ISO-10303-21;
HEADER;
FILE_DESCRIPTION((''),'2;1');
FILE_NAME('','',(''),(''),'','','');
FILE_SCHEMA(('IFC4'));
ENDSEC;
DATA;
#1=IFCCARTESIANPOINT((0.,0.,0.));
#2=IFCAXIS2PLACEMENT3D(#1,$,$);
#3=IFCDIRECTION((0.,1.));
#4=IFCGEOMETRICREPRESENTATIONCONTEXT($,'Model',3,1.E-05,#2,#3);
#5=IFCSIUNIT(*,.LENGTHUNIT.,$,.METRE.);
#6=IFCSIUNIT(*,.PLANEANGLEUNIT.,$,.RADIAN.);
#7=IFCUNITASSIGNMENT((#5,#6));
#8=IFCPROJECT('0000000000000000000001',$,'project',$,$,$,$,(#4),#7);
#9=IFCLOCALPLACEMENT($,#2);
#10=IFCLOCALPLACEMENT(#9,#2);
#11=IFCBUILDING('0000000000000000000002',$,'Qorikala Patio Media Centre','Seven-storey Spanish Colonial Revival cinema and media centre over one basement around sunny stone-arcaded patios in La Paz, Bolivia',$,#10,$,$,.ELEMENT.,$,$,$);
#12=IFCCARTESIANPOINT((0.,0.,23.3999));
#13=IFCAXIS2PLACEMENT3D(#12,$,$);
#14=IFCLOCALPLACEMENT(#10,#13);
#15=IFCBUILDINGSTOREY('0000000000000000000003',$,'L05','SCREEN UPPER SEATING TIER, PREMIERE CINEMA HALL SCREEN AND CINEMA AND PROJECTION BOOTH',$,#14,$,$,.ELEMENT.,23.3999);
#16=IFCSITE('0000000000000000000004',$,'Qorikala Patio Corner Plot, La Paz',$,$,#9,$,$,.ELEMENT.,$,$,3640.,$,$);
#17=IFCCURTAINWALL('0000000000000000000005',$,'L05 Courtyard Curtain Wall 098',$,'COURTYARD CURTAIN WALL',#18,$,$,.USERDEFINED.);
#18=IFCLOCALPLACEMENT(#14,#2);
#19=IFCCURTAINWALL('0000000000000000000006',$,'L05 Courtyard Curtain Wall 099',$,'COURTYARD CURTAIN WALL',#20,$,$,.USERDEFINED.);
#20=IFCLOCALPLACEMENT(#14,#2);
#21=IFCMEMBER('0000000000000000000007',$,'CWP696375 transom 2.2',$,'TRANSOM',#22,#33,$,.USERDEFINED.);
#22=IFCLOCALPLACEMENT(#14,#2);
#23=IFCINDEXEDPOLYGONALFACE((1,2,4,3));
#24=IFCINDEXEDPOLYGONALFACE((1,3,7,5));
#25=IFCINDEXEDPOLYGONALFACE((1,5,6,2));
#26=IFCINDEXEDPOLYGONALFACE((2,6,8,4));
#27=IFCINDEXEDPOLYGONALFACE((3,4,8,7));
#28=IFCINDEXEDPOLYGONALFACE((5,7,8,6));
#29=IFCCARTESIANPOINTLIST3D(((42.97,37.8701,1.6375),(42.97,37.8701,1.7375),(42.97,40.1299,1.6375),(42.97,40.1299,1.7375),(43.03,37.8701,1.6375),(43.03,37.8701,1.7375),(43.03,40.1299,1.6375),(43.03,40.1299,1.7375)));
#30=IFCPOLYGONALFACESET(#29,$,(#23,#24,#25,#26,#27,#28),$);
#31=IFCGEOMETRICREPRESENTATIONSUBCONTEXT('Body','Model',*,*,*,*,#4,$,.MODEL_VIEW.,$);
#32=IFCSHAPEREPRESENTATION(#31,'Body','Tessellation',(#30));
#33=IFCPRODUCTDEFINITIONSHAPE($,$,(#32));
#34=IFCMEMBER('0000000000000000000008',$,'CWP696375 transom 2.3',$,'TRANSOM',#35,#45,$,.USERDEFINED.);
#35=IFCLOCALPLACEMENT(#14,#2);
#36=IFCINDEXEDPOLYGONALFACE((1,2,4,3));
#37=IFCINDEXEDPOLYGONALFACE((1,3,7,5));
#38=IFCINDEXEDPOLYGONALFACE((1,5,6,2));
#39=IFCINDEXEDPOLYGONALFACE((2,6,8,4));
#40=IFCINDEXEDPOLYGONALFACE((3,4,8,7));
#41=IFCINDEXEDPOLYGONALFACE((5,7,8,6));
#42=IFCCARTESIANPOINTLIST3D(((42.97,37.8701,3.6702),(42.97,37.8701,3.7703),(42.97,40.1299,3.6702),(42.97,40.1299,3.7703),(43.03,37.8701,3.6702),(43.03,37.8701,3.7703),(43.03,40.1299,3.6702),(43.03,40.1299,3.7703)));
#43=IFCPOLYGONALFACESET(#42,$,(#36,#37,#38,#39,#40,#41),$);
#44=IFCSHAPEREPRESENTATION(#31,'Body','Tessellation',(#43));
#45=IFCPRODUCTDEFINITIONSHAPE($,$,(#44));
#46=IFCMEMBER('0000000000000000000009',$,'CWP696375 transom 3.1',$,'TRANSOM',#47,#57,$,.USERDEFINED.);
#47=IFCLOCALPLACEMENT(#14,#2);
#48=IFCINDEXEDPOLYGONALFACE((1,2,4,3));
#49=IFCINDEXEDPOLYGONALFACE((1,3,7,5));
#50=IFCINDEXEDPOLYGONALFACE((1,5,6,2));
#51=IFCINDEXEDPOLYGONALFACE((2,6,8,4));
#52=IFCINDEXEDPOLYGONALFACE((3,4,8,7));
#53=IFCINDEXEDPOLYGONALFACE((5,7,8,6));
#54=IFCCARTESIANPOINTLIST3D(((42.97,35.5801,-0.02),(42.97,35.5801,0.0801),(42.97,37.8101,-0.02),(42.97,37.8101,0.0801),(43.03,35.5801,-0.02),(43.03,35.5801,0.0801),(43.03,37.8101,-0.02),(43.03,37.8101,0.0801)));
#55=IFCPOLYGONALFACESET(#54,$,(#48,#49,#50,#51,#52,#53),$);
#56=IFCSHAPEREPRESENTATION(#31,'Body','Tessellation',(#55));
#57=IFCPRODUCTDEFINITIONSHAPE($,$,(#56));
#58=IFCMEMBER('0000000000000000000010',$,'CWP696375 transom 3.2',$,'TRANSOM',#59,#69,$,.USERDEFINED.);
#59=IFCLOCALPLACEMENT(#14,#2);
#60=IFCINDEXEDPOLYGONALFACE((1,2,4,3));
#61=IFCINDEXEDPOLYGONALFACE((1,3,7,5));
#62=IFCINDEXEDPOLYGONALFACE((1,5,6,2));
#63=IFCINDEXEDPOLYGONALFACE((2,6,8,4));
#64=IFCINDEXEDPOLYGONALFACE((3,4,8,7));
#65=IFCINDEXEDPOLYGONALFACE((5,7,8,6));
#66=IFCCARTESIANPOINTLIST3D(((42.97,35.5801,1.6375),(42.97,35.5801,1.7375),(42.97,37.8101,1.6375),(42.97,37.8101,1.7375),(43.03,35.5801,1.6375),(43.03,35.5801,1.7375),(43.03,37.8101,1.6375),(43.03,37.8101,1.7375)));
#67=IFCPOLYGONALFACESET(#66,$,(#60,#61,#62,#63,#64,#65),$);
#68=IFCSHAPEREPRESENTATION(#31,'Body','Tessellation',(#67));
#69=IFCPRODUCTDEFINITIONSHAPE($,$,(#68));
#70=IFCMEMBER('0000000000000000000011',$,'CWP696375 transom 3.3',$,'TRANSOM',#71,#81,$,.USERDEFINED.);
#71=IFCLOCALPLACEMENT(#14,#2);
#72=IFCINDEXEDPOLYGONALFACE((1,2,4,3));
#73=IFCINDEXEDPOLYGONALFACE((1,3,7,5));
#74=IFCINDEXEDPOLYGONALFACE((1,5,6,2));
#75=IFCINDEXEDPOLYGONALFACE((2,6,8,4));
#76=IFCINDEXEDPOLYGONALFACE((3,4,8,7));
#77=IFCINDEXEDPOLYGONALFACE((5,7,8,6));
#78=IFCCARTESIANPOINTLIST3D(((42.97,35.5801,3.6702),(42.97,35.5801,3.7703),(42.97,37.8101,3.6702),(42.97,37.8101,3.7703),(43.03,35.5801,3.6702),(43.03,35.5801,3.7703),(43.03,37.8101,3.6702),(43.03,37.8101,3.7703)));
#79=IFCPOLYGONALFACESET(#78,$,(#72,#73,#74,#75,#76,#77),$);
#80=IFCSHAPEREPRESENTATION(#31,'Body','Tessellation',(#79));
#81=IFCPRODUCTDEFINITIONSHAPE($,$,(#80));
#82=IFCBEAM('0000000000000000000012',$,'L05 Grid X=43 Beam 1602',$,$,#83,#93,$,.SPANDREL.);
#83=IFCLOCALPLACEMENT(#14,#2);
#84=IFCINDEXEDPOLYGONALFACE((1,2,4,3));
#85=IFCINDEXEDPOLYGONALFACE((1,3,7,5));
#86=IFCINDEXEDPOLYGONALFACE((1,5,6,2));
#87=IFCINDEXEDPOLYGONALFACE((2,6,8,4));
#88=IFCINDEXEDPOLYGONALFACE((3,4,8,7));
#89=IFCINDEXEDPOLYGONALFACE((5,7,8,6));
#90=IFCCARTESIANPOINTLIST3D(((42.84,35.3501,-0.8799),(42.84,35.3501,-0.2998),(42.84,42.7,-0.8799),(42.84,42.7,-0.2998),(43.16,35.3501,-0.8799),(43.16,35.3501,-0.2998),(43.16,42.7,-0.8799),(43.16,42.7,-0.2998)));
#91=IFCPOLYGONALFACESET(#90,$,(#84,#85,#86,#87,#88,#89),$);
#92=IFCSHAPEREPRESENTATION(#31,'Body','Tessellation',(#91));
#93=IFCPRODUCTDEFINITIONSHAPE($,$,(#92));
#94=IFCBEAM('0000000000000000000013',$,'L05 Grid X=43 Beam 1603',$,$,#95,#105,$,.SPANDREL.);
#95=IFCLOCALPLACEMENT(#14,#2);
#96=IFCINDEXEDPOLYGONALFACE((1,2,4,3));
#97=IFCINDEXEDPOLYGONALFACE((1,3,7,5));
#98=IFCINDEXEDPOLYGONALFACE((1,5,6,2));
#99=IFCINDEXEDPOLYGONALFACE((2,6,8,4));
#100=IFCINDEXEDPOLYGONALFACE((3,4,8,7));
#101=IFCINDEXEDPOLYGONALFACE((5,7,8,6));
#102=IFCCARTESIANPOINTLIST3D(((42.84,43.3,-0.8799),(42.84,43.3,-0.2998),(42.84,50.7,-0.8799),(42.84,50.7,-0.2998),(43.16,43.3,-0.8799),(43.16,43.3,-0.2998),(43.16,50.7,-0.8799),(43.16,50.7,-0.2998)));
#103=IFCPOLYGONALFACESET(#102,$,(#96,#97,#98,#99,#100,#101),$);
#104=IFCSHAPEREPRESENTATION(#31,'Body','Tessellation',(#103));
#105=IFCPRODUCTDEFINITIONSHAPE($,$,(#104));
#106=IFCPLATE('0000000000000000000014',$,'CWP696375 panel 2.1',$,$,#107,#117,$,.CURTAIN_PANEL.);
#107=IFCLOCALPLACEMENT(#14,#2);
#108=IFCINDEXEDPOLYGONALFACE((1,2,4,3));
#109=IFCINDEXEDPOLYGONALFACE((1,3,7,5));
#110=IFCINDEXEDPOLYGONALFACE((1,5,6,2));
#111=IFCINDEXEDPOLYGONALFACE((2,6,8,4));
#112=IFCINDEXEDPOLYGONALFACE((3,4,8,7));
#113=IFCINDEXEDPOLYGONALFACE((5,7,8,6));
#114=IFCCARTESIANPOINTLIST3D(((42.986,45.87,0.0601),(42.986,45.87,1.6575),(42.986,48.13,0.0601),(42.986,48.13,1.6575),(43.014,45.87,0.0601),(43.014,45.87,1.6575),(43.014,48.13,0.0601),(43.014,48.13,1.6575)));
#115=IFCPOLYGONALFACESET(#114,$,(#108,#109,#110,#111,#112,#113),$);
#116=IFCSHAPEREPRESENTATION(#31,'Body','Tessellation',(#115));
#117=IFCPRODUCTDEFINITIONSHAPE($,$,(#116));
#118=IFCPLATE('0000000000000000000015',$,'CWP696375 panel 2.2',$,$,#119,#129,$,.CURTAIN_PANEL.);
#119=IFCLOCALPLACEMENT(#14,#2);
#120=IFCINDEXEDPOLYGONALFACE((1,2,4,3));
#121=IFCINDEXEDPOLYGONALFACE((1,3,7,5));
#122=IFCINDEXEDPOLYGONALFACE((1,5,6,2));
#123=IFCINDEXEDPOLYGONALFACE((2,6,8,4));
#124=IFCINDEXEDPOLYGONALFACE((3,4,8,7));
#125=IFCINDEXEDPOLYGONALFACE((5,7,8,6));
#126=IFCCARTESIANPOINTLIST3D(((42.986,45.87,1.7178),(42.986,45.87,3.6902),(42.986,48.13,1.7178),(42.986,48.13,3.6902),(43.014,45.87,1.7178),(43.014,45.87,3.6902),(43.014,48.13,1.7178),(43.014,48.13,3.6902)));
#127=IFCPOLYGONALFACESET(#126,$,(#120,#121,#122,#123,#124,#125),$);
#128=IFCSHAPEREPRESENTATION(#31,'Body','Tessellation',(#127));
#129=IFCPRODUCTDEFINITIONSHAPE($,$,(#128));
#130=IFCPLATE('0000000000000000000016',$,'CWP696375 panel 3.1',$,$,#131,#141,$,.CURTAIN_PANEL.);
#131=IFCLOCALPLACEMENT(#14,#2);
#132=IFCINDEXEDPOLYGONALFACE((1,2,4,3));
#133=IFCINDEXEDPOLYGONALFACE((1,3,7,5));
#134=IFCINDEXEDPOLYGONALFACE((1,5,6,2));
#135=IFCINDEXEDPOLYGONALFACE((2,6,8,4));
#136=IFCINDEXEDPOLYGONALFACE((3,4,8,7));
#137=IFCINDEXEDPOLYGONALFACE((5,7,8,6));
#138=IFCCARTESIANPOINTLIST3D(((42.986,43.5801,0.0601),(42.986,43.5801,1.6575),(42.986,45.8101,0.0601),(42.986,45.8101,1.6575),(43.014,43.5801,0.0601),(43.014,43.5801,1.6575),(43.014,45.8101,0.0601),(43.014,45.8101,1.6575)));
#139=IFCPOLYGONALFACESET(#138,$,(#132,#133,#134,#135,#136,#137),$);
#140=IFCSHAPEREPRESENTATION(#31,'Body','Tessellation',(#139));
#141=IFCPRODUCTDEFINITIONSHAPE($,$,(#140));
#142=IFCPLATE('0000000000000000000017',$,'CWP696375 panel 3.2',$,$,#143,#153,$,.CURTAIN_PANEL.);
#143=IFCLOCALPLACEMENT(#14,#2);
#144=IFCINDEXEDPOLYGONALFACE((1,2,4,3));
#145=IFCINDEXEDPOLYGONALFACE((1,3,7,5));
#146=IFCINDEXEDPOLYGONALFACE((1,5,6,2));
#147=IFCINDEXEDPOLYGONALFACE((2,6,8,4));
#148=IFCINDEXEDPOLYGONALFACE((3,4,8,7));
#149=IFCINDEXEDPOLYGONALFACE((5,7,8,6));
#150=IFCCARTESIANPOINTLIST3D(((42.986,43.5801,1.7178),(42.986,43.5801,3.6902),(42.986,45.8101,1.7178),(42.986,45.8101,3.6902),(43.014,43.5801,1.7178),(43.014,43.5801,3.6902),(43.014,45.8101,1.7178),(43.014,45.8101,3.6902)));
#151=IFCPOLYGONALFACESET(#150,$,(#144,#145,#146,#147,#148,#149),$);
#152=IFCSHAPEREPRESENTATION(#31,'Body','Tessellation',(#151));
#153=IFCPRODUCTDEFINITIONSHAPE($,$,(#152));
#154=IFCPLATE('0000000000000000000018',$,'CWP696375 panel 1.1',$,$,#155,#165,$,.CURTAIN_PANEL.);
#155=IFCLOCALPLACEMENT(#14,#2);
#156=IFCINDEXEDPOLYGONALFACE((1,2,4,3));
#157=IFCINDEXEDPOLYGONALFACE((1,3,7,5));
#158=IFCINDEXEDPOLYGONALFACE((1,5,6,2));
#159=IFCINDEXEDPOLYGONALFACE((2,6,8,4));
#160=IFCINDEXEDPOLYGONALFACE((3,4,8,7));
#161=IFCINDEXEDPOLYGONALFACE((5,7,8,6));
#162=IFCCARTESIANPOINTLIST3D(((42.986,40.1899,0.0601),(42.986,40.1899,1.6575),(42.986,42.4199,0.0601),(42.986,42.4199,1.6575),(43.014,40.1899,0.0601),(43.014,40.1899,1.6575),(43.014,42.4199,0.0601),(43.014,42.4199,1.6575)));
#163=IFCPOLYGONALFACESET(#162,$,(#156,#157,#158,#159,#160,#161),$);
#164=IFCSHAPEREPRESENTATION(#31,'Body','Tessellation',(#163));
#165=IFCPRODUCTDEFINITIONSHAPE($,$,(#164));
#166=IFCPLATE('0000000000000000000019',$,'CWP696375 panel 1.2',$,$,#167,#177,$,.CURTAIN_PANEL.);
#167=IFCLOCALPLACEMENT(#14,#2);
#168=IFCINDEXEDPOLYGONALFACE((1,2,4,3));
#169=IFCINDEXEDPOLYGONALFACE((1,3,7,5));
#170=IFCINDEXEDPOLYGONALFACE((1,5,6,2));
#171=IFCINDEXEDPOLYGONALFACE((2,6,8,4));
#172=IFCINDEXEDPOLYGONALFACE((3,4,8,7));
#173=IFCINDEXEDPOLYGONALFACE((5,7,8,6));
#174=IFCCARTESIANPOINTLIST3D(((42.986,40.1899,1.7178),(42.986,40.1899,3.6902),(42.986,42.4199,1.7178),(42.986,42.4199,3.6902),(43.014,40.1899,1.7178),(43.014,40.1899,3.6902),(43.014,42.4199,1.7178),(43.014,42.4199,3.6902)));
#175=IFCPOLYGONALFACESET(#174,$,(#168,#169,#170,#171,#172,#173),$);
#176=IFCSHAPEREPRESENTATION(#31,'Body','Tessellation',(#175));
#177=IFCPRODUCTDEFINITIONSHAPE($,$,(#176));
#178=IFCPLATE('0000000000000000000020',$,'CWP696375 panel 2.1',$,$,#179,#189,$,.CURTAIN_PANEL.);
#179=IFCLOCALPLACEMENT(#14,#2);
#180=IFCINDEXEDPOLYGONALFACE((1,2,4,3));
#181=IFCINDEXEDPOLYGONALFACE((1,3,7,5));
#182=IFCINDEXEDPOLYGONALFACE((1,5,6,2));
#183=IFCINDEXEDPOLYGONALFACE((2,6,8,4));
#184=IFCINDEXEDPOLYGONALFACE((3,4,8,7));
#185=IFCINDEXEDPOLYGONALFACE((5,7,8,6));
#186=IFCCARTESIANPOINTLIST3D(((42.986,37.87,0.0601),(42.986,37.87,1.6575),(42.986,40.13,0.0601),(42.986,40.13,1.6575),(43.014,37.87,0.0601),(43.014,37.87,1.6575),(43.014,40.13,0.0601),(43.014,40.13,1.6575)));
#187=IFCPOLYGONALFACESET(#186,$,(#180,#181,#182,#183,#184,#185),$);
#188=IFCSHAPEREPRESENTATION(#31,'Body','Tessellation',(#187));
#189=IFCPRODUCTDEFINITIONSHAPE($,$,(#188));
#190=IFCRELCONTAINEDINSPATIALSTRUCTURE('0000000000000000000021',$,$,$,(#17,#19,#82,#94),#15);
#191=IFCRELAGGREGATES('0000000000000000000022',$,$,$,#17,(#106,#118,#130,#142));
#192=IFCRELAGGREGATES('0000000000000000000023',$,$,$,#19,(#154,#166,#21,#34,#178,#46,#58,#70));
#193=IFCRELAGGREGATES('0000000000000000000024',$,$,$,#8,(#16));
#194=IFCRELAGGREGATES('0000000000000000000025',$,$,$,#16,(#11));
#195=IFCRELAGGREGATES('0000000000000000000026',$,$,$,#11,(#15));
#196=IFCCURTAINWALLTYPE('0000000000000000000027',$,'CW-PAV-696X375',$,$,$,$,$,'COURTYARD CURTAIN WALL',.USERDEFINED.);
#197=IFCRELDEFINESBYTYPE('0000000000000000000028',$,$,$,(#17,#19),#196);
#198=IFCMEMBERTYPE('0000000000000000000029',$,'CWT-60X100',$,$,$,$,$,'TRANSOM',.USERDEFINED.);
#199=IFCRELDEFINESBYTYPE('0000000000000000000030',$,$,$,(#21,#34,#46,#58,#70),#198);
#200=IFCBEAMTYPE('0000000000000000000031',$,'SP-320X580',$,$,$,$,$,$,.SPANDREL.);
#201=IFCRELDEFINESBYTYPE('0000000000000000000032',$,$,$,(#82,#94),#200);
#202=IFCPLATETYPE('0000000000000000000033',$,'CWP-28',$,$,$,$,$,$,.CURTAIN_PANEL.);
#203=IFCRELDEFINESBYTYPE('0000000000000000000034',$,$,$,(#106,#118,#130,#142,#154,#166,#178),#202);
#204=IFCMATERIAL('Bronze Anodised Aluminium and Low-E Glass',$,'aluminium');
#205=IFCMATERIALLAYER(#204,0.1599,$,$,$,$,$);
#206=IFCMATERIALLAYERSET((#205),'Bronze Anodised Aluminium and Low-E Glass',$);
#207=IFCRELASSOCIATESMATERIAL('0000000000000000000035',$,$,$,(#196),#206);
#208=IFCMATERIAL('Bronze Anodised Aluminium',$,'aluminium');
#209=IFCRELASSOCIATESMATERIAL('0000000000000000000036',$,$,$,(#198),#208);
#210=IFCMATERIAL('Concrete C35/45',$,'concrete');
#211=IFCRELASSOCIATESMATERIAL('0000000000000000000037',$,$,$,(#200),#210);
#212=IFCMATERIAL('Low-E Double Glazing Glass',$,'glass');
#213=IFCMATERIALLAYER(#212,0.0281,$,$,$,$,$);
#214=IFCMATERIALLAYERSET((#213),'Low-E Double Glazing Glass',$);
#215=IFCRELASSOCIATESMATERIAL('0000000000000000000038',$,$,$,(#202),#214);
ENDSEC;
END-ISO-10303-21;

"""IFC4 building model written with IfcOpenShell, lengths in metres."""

from ifc_helpers import new_model, si_unit, direction, frame, origin, origin_2d, place, context, subcontext, project, spatial, rectangle, extrude, material, layer, layer_set, material_profile, profile_set, type_object, element, aggregate, save


model = new_model("IFC4")

# Units and contexts
model_context = context("Model", 3, precision=1e-05, world=origin(), true_north=direction((0.0, 1.0)))
body_context = subcontext(model_context, "Body", "Model", "MODEL_VIEW")
ifc_project = project(units=[si_unit("LENGTHUNIT", "METRE"), si_unit("PLANEANGLEUNIT", "RADIAN")], contexts=[model_context])

# Site, building, storey
site_placement = place(None, origin())
site = spatial("IfcSite", under=ifc_project, at=site_placement, Name="Qorikala Patio Corner Plot, La Paz", CompositionType="ELEMENT", RefElevation=3640.0)
building_placement = place(site_placement, origin())
building = spatial("IfcBuilding", under=site, at=building_placement, Name="Qorikala Patio Media Centre", Description="Seven-storey Spanish Colonial Revival cinema and media centre over one basement around sunny stone-arcaded patios in La Paz, Bolivia", CompositionType="ELEMENT")
storey_placement = place(building_placement, frame((0.0, 0.0, 23.3999)))
storey = spatial("IfcBuildingStorey", under=building, at=storey_placement, Name="L05", Description="SCREEN UPPER SEATING TIER, PREMIERE CINEMA HALL SCREEN AND CINEMA AND PROJECTION BOOTH", CompositionType="ELEMENT", Elevation=23.3999)

# Curtain walls
ifc_material_1 = material(Name="Bronze Anodised Aluminium and Low-E Glass", Category="aluminium")
ifc_layer_1 = layer(ifc_material_1, 0.1599)
ifc_layer_set_1 = layer_set([ifc_layer_1], Name="Bronze Anodised Aluminium and Low-E Glass")
curtain_wall_type = type_object("IfcCurtainWallType", Name="CW-PAV-696X375", ElementType="COURTYARD CURTAIN WALL", PredefinedType="USERDEFINED", material=ifc_layer_set_1)
curtain_wall_1_placement = place(storey_placement, origin())
curtain_wall_1 = element("IfcCurtainWall", 1, at=curtain_wall_1_placement, inside=storey, type_object=curtain_wall_type, Name="L05 Courtyard Curtain Wall 098", ObjectType="COURTYARD CURTAIN WALL", PredefinedType="USERDEFINED")
ifc_material_2 = material(Name="Bronze Anodised Aluminium", Category="aluminium")
curtain_wall_2_placement = place(storey_placement, origin())
curtain_wall_2 = element("IfcCurtainWall", 2, at=curtain_wall_2_placement, inside=storey, type_object=curtain_wall_type, Name="L05 Courtyard Curtain Wall 099", ObjectType="COURTYARD CURTAIN WALL", PredefinedType="USERDEFINED")

# Members
ifc_material_profile_1 = material_profile(ifc_material_2, rectangle(XDim=0.0601, YDim=0.1001, at=origin_2d()), Name="ALU TRANSOM 60x100")
ifc_profile_set_1 = profile_set([ifc_material_profile_1], Name="Bronze Anodised Aluminium")
member_type_1 = type_object("IfcMemberType", Name="CWT-60X100", ElementType="TRANSOM", PredefinedType="USERDEFINED", material=ifc_profile_set_1)
member_1_placement = place(storey_placement, frame((43.0, 40.1299, 1.6875), z_axis=(0.0, -1.0, 0.0), x_axis=(1.0, 0.0, 0.0)))
member_1 = element("IfcMember", 3, at=member_1_placement, type_object=member_type_1, Name="CWP696375 transom 2.2", ObjectType="TRANSOM", PredefinedType="USERDEFINED", context=body_context, shape_type="SweptSolid", body=[
    extrude(rectangle(XDim=0.0601, YDim=0.1001, at=origin_2d()), origin(), (0.0, 0.0, 1.0), 2.2598),
])
member_2_placement = place(storey_placement, frame((43.0, 40.1299, 3.7202), z_axis=(0.0, -1.0, 0.0), x_axis=(1.0, 0.0, 0.0)))
member_2 = element("IfcMember", 4, at=member_2_placement, type_object=member_type_1, Name="CWP696375 transom 2.3", ObjectType="TRANSOM", PredefinedType="USERDEFINED", context=body_context, shape_type="SweptSolid", body=[
    extrude(rectangle(XDim=0.0601, YDim=0.1001, at=origin_2d()), origin(), (0.0, 0.0, 1.0), 2.2598),
])
member_3_placement = place(storey_placement, frame((43.0, 37.8101, 0.03), z_axis=(0.0, -1.0, 0.0), x_axis=(1.0, 0.0, 0.0)))
member_3 = element("IfcMember", 5, at=member_3_placement, type_object=member_type_1, Name="CWP696375 transom 3.1", ObjectType="TRANSOM", PredefinedType="USERDEFINED", context=body_context, shape_type="SweptSolid", body=[
    extrude(rectangle(XDim=0.0601, YDim=0.1001, at=origin_2d()), origin(), (0.0, 0.0, 1.0), 2.23),
])
member_4_placement = place(storey_placement, frame((43.0, 37.8101, 1.6875), z_axis=(0.0, -1.0, 0.0), x_axis=(1.0, 0.0, 0.0)))
member_4 = element("IfcMember", 6, at=member_4_placement, type_object=member_type_1, Name="CWP696375 transom 3.2", ObjectType="TRANSOM", PredefinedType="USERDEFINED", context=body_context, shape_type="SweptSolid", body=[
    extrude(rectangle(XDim=0.0601, YDim=0.1001, at=origin_2d()), origin(), (0.0, 0.0, 1.0), 2.23),
])
member_5_placement = place(storey_placement, frame((43.0, 37.8101, 3.7202), z_axis=(0.0, -1.0, 0.0), x_axis=(1.0, 0.0, 0.0)))
member_5 = element("IfcMember", 7, at=member_5_placement, type_object=member_type_1, Name="CWP696375 transom 3.3", ObjectType="TRANSOM", PredefinedType="USERDEFINED", context=body_context, shape_type="SweptSolid", body=[
    extrude(rectangle(XDim=0.0601, YDim=0.1001, at=origin_2d()), origin(), (0.0, 0.0, 1.0), 2.23),
])

# Beams
ifc_material_3 = material(Name="Concrete C35/45", Category="concrete")
ifc_material_profile_2 = material_profile(ifc_material_3, rectangle(XDim=0.3201, YDim=0.5801, at=origin_2d()), Name="RC 320x580")
ifc_profile_set_2 = profile_set([ifc_material_profile_2], Name="Concrete C35/45")
beam_type = type_object("IfcBeamType", Name="SP-320X580", PredefinedType="SPANDREL", material=ifc_profile_set_2)
beam_1_placement = place(storey_placement, frame((43.0, 35.3501, -0.5898), z_axis=(0.0, 1.0, 0.0), x_axis=(-1.0, 0.0, 0.0)))
element("IfcBeam", 8, at=beam_1_placement, inside=storey, type_object=beam_type, Name="L05 Grid X=43 Beam 1602", PredefinedType="SPANDREL", context=body_context, shape_type="SweptSolid", body=[
    extrude(rectangle(XDim=0.3201, YDim=0.5801, at=origin_2d()), origin(), (0.0, 0.0, 1.0), 7.3499),
])
beam_2_placement = place(storey_placement, frame((43.0, 43.3, -0.5898), z_axis=(0.0, 1.0, 0.0), x_axis=(-1.0, 0.0, 0.0)))
element("IfcBeam", 9, at=beam_2_placement, inside=storey, type_object=beam_type, Name="L05 Grid X=43 Beam 1603", PredefinedType="SPANDREL", context=body_context, shape_type="SweptSolid", body=[
    extrude(rectangle(XDim=0.3201, YDim=0.5801, at=origin_2d()), origin(), (0.0, 0.0, 1.0), 7.3999),
])

# Plates
ifc_material_4 = material(Name="Low-E Double Glazing Glass", Category="glass")
ifc_layer_2 = layer(ifc_material_4, 0.0281)
ifc_layer_set_2 = layer_set([ifc_layer_2], Name="Low-E Double Glazing Glass")
plate_type = type_object("IfcPlateType", Name="CWP-28", PredefinedType="CURTAIN_PANEL", material=ifc_layer_set_2)
plate_1_placement = place(storey_placement, frame((43.0, 47.0, 0.0601), z_axis=(0.0, 0.0, 1.0), x_axis=(0.0, -1.0, 0.0)))
plate_1 = element("IfcPlate", 10, at=plate_1_placement, type_object=plate_type, Name="CWP696375 panel 2.1", PredefinedType="CURTAIN_PANEL", context=body_context, shape_type="SweptSolid", body=[
    extrude(rectangle(XDim=2.26, YDim=0.0281, at=origin_2d()), origin(), (0.0, 0.0, 1.0), 1.5974),
])
plate_2_placement = place(storey_placement, frame((43.0, 47.0, 1.7178), z_axis=(0.0, 0.0, 1.0), x_axis=(0.0, -1.0, 0.0)))
plate_2 = element("IfcPlate", 11, at=plate_2_placement, type_object=plate_type, Name="CWP696375 panel 2.2", PredefinedType="CURTAIN_PANEL", context=body_context, shape_type="SweptSolid", body=[
    extrude(rectangle(XDim=2.26, YDim=0.0281, at=origin_2d()), origin(), (0.0, 0.0, 1.0), 1.9724),
])
plate_3_placement = place(storey_placement, frame((43.0, 44.6951, 0.0601), z_axis=(0.0, 0.0, 1.0), x_axis=(0.0, -1.0, 0.0)))
plate_3 = element("IfcPlate", 12, at=plate_3_placement, type_object=plate_type, Name="CWP696375 panel 3.1", PredefinedType="CURTAIN_PANEL", context=body_context, shape_type="SweptSolid", body=[
    extrude(rectangle(XDim=2.23, YDim=0.0281, at=origin_2d()), origin(), (0.0, 0.0, 1.0), 1.5974),
])
plate_4_placement = place(storey_placement, frame((43.0, 44.6951, 1.7178), z_axis=(0.0, 0.0, 1.0), x_axis=(0.0, -1.0, 0.0)))
plate_4 = element("IfcPlate", 13, at=plate_4_placement, type_object=plate_type, Name="CWP696375 panel 3.2", PredefinedType="CURTAIN_PANEL", context=body_context, shape_type="SweptSolid", body=[
    extrude(rectangle(XDim=2.23, YDim=0.0281, at=origin_2d()), origin(), (0.0, 0.0, 1.0), 1.9724),
])
aggregate(curtain_wall_1, [plate_1, plate_2, plate_3, plate_4])
plate_5_placement = place(storey_placement, frame((43.0, 41.3049, 0.0601), z_axis=(0.0, 0.0, 1.0), x_axis=(0.0, -1.0, 0.0)))
plate_5 = element("IfcPlate", 14, at=plate_5_placement, type_object=plate_type, Name="CWP696375 panel 1.1", PredefinedType="CURTAIN_PANEL", context=body_context, shape_type="SweptSolid", body=[
    extrude(rectangle(XDim=2.23, YDim=0.0281, at=origin_2d()), origin(), (0.0, 0.0, 1.0), 1.5974),
])
plate_6_placement = place(storey_placement, frame((43.0, 41.3049, 1.7178), z_axis=(0.0, 0.0, 1.0), x_axis=(0.0, -1.0, 0.0)))
plate_6 = element("IfcPlate", 15, at=plate_6_placement, type_object=plate_type, Name="CWP696375 panel 1.2", PredefinedType="CURTAIN_PANEL", context=body_context, shape_type="SweptSolid", body=[
    extrude(rectangle(XDim=2.23, YDim=0.0281, at=origin_2d()), origin(), (0.0, 0.0, 1.0), 1.9724),
])
plate_7_placement = place(storey_placement, frame((43.0, 39.0, 0.0601), z_axis=(0.0, 0.0, 1.0), x_axis=(0.0, -1.0, 0.0)))
plate_7 = element("IfcPlate", 16, at=plate_7_placement, type_object=plate_type, Name="CWP696375 panel 2.1", PredefinedType="CURTAIN_PANEL", context=body_context, shape_type="SweptSolid", body=[
    extrude(rectangle(XDim=2.26, YDim=0.0281, at=origin_2d()), origin(), (0.0, 0.0, 1.0), 1.5974),
])
aggregate(curtain_wall_2, [plate_5, plate_6, member_1, member_2, plate_7, member_3, member_4, member_5])

save(model, "model.ifc")
